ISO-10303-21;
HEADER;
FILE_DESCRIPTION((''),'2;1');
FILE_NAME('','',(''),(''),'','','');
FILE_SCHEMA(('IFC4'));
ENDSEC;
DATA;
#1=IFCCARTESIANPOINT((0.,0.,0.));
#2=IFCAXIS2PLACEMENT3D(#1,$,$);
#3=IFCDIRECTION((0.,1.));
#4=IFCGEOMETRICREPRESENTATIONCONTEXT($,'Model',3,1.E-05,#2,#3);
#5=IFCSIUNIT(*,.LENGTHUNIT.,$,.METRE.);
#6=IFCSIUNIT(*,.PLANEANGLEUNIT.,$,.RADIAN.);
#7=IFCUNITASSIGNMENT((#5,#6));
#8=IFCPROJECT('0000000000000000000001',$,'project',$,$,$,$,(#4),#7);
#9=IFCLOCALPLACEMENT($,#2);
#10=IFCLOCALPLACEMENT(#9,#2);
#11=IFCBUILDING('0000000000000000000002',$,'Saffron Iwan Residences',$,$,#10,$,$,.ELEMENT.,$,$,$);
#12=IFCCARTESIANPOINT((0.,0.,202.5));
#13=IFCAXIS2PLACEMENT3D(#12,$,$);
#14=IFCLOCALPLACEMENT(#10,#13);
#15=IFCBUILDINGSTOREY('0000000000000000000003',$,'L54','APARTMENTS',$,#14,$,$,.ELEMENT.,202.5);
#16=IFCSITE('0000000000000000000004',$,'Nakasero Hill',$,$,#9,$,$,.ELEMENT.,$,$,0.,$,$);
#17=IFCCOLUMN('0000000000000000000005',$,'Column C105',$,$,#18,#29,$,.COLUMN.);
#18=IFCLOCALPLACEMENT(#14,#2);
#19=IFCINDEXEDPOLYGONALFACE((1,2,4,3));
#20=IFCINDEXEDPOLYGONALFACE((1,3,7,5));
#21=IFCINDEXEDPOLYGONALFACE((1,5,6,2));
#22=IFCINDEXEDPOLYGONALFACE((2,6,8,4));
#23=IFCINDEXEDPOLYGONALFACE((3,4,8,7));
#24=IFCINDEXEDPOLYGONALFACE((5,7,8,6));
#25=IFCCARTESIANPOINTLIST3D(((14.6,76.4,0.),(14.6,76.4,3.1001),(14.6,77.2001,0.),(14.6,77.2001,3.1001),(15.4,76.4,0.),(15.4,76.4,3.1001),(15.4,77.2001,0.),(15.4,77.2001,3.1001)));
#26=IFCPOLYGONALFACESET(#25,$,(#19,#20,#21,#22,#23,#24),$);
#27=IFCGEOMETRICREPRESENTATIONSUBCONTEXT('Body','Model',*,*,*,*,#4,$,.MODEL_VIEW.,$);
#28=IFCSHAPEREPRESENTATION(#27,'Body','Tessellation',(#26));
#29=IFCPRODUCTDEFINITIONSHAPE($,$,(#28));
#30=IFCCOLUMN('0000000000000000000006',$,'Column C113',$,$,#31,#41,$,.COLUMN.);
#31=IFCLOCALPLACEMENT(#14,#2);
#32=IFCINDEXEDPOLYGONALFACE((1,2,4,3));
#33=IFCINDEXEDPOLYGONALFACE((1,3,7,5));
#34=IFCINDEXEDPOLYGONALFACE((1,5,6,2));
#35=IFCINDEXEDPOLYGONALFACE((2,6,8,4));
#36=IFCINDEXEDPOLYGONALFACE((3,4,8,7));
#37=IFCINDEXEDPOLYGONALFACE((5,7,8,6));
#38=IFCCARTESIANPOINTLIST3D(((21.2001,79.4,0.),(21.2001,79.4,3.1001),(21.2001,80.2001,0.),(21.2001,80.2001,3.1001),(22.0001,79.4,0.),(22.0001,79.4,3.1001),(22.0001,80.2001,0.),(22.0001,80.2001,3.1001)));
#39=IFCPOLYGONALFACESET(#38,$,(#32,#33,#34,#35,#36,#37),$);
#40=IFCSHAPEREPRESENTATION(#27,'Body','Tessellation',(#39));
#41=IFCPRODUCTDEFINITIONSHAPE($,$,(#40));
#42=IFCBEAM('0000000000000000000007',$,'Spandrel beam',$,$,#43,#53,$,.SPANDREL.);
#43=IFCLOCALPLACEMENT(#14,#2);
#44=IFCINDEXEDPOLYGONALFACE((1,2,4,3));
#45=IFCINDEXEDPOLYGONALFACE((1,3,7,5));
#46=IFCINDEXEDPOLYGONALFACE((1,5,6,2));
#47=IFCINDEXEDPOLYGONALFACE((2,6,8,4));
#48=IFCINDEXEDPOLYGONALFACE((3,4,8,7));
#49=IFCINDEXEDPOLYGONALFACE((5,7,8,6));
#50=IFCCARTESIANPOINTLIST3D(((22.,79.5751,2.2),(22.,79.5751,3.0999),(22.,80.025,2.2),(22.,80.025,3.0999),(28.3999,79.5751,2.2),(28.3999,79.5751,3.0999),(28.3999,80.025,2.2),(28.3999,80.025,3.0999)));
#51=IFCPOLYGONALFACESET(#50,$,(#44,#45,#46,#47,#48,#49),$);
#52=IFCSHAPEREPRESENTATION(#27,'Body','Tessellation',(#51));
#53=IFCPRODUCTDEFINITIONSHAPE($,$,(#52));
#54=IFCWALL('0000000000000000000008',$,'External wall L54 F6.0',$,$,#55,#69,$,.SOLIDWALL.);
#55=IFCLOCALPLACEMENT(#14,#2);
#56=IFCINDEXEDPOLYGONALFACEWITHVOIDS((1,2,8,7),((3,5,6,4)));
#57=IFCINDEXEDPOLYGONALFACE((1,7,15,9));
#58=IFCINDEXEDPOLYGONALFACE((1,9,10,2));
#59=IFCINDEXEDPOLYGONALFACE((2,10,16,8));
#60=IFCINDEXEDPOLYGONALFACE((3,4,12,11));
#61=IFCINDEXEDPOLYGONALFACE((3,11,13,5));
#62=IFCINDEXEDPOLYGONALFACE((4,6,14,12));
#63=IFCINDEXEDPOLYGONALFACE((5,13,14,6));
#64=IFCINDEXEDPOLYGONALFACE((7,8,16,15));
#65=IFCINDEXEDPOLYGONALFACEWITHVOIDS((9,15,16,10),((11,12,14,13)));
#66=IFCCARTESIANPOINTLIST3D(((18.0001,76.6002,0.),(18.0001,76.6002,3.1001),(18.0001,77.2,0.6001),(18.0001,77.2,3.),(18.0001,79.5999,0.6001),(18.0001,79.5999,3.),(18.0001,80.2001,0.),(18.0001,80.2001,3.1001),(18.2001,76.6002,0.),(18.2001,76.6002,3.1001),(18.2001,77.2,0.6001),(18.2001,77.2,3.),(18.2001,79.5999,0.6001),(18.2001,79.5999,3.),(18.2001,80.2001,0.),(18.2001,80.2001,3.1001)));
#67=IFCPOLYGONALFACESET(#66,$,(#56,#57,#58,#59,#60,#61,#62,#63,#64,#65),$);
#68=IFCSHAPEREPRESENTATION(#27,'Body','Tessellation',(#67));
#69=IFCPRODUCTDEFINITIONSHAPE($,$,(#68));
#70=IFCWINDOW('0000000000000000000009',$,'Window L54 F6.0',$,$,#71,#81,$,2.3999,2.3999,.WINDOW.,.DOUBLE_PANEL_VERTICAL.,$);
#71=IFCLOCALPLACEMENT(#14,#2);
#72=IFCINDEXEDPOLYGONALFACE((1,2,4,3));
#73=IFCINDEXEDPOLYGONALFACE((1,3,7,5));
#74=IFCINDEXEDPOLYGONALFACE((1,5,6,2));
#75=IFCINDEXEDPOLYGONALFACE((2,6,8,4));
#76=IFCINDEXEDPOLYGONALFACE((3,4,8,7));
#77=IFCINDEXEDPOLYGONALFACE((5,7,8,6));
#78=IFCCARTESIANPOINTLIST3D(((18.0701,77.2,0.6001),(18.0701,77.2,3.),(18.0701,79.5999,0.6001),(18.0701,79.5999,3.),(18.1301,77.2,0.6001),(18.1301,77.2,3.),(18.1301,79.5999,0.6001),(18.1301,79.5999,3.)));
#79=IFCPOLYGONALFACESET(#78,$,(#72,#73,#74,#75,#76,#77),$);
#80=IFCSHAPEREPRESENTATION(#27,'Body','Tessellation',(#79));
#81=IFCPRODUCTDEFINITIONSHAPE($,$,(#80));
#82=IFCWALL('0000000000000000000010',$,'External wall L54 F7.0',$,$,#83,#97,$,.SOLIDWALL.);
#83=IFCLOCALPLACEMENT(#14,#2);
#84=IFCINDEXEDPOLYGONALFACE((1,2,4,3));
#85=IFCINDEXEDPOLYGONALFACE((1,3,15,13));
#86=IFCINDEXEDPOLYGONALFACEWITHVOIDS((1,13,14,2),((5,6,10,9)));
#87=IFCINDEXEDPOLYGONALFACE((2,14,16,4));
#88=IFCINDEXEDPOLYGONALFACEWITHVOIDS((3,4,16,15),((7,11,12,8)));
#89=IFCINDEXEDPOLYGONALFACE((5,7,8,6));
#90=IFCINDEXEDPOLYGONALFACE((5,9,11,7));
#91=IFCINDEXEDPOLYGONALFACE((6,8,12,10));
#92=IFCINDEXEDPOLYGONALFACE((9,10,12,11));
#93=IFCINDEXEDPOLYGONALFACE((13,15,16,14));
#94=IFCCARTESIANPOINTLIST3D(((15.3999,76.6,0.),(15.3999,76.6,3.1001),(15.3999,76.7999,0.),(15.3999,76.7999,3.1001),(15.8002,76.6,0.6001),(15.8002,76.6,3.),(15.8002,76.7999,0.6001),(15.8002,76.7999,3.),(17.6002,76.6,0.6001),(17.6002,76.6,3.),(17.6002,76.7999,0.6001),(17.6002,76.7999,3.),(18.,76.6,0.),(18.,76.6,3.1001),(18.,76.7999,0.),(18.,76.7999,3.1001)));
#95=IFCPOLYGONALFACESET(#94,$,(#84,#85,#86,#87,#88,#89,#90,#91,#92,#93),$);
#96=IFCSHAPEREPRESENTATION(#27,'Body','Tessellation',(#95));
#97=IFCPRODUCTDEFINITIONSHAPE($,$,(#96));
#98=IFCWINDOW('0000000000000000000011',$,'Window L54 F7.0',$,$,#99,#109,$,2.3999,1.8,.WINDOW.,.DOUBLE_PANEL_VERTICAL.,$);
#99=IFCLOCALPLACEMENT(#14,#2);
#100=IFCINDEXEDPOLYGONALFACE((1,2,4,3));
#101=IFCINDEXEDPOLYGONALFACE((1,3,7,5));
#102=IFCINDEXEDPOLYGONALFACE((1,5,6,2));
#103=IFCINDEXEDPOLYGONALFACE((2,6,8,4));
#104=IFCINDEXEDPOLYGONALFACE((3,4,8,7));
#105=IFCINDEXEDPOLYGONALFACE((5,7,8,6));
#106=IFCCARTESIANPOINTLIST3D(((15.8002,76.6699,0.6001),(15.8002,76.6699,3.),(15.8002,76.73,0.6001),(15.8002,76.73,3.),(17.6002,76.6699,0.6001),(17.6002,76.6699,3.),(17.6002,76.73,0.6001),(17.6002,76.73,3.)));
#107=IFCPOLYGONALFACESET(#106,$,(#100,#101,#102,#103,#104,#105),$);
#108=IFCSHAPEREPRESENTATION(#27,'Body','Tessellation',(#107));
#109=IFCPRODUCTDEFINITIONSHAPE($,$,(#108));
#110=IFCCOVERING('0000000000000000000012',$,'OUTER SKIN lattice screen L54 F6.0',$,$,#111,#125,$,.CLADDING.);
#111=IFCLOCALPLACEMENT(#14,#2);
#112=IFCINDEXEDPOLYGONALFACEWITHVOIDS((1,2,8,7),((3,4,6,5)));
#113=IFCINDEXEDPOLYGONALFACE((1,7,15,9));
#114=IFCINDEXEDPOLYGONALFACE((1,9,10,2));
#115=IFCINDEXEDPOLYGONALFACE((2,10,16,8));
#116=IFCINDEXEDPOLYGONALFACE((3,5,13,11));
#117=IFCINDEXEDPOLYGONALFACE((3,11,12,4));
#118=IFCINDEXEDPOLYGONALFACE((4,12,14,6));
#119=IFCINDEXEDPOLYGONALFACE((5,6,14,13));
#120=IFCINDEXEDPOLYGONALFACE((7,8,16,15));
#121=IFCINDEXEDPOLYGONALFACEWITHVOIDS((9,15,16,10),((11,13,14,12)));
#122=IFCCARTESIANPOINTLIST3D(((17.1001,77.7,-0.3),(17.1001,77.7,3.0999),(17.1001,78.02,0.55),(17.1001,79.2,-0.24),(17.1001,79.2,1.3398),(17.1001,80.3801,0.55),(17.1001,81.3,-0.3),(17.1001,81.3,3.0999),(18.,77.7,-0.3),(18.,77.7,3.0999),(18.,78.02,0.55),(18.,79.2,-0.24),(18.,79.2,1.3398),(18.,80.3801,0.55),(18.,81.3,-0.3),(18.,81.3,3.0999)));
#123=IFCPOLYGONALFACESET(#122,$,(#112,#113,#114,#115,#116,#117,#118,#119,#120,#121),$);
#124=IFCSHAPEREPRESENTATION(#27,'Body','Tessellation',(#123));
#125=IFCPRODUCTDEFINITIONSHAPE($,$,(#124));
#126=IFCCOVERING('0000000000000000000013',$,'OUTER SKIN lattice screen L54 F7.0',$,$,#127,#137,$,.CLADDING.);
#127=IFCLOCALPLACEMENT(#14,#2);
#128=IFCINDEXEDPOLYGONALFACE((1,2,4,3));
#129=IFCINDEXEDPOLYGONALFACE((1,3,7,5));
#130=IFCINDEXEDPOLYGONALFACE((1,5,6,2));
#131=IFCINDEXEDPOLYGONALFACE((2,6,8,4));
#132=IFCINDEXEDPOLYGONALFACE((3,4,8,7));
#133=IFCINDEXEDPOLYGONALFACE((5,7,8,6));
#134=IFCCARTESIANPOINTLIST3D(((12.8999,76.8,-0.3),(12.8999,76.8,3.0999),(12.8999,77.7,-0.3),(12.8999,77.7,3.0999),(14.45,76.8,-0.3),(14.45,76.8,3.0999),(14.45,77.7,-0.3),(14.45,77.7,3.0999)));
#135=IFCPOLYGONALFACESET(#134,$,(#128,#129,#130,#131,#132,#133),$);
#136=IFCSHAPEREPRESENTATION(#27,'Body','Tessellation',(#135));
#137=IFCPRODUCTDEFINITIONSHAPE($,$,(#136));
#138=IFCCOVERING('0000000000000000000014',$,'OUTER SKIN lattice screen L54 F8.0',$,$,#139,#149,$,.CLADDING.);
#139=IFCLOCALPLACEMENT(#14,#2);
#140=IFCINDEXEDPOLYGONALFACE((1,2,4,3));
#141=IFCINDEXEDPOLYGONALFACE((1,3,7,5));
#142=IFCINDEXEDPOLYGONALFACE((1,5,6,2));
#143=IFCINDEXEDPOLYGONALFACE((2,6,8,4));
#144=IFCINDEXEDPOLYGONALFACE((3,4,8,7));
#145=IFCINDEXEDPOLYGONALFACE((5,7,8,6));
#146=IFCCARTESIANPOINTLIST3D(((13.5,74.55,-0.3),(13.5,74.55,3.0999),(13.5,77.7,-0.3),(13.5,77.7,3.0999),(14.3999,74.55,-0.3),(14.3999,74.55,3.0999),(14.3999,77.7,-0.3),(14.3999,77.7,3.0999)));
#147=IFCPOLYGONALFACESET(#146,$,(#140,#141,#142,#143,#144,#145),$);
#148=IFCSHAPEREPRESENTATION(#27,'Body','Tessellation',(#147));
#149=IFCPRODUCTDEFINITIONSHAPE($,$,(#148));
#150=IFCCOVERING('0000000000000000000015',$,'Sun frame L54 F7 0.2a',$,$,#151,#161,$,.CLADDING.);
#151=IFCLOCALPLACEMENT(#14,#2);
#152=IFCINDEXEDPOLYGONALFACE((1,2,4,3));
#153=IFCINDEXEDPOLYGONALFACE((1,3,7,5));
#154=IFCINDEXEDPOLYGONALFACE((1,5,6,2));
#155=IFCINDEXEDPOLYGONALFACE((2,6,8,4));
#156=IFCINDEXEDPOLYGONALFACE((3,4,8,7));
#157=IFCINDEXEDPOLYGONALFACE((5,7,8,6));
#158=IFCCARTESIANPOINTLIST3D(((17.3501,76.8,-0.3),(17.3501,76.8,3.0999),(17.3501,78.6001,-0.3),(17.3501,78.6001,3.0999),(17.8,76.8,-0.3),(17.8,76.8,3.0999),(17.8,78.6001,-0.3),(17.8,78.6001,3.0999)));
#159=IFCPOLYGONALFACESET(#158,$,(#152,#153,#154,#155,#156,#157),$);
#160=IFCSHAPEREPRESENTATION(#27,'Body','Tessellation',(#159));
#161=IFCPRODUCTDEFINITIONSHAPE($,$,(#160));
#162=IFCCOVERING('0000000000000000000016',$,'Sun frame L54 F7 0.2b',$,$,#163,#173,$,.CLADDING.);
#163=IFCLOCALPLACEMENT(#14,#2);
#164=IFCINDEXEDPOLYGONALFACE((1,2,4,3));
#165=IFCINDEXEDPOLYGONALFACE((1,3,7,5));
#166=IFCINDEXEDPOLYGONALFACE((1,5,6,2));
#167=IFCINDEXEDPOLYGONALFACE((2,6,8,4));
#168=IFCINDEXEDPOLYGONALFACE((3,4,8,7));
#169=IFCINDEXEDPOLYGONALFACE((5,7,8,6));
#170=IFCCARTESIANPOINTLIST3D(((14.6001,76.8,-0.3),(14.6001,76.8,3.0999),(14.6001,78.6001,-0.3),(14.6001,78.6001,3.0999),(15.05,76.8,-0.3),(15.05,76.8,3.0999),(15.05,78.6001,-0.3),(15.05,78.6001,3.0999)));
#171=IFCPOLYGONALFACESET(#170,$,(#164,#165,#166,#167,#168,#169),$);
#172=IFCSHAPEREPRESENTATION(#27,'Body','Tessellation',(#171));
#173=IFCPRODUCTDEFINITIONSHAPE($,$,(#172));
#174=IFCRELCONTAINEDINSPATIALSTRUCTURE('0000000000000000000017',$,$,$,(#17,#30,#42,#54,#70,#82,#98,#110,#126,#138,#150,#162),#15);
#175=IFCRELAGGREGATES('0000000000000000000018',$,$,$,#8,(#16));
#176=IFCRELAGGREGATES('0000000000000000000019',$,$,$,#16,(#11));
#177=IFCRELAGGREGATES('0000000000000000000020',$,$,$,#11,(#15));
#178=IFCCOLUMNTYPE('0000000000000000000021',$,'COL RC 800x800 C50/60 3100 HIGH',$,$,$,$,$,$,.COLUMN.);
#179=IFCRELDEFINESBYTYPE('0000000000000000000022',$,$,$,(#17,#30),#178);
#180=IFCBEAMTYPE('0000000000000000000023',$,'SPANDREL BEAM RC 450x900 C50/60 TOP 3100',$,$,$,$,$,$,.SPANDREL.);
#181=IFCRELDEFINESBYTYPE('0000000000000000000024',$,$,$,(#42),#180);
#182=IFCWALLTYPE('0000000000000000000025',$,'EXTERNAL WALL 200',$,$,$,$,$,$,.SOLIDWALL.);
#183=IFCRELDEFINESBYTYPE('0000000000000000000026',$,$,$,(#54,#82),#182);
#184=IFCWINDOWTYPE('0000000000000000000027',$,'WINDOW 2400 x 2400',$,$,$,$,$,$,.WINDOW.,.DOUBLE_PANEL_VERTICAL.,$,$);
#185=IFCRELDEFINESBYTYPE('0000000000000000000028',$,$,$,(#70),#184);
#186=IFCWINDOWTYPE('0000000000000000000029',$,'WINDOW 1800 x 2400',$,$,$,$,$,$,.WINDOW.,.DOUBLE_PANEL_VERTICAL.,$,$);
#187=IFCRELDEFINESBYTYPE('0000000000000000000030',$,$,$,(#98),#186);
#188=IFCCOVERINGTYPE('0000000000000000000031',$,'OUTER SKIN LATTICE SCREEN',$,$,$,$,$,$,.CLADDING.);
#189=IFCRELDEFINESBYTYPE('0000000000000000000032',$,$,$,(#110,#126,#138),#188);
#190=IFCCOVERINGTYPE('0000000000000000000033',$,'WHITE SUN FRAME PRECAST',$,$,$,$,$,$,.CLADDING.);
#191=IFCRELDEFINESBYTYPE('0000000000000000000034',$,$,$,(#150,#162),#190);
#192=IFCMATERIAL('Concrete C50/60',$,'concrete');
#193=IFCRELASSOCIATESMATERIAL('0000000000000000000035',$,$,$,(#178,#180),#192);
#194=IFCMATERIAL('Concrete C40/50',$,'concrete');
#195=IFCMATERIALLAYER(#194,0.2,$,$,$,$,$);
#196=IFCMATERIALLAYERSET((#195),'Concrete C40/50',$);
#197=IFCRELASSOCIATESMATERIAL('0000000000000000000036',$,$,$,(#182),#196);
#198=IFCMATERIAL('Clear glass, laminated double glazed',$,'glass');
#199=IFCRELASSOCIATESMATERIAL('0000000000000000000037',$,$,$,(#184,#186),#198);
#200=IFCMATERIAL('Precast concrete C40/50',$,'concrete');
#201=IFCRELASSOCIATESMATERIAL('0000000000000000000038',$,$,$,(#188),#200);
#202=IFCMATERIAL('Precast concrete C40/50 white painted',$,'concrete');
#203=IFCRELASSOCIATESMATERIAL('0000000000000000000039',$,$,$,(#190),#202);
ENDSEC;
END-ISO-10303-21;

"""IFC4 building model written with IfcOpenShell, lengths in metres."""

from ifc_helpers import new_model, si_unit, direction, frame, frame_2d, origin, origin_2d, place, context, subcontext, project, spatial, polyline, rectangle, outline, extrude, source, transform, mapped, material, layer, layer_set, material_profile, profile_set, type_object, element, fill, save


model = new_model("IFC4")

# Units and contexts
model_context = context("Model", 3, precision=1e-05, world=origin(), true_north=direction((0.0, 1.0)))
body_context = subcontext(model_context, "Body", "Model", "MODEL_VIEW")
ifc_project = project(units=[si_unit("LENGTHUNIT", "METRE"), si_unit("PLANEANGLEUNIT", "RADIAN")], contexts=[model_context])

# Site, building, storey
site_placement = place(None, origin())
site = spatial("IfcSite", under=ifc_project, at=site_placement, Name="Nakasero Hill", CompositionType="ELEMENT", RefElevation=0.0)
building_placement = place(site_placement, origin())
building = spatial("IfcBuilding", under=site, at=building_placement, Name="Saffron Iwan Residences", CompositionType="ELEMENT")
storey_placement = place(building_placement, frame((0.0, 0.0, 202.5)))
storey = spatial("IfcBuildingStorey", under=building, at=storey_placement, Name="L54", Description="APARTMENTS", CompositionType="ELEMENT", Elevation=202.5)

# Columns
ifc_material_1 = material(Name="Concrete C50/60", Category="concrete")
ifc_material_profile_1 = material_profile(ifc_material_1, rectangle(XDim=0.8, YDim=0.8, at=origin_2d()), Name="RC 800x800")
ifc_profile_set_1 = profile_set([ifc_material_profile_1], Name="Concrete C50/60")
column_type = type_object("IfcColumnType", Name="COL RC 800x800 C50/60 3100 HIGH", PredefinedType="COLUMN", material=ifc_profile_set_1)
shared_shape_1 = source(origin(), body_context, "Body", "SweptSolid", [
    extrude(rectangle(XDim=0.8, YDim=0.8, at=origin_2d()), origin(), (0.0, 0.0, 1.0), 3.1001),
])
for number, where, z_axis, x_axis, name in (
    (1, (15.0, 76.8, 0.0), (0.0, 0.0, 1.0), (1.0, 0.0, 0.0), "Column C105"),
    (2, (21.6001, 79.8, 0.0), (0.0, 0.0, 1.0), (1.0, 0.0, 0.0), "Column C113"),
):
    element("IfcColumn", number, at=place(storey_placement, frame(where, z_axis=z_axis, x_axis=x_axis)), inside=storey, type_object=column_type, Name=name, PredefinedType="COLUMN", context=body_context, shape_type="MappedRepresentation", body=[
        mapped(shared_shape_1, transform((0.0, 0.0, 0.0))),
    ])

# Beam
ifc_material_profile_2 = material_profile(ifc_material_1, rectangle(XDim=0.45, YDim=0.8999, at=origin_2d()), Name="RC 450x900")
ifc_profile_set_2 = profile_set([ifc_material_profile_2], Name="Concrete C50/60")
beam_type = type_object("IfcBeamType", Name="SPANDREL BEAM RC 450x900 C50/60 TOP 3100", PredefinedType="SPANDREL", material=ifc_profile_set_2)
shared_shape_2 = source(origin(), body_context, "Body", "SweptSolid", [
    extrude(rectangle(XDim=0.45, YDim=0.8999, at=origin_2d()), origin(), (0.0, 0.0, 1.0), 6.3999),
])
beam_placement = place(storey_placement, frame((22.0, 79.8, 2.6499), z_axis=(1.0, 0.0, 0.0), x_axis=(0.0, 1.0, 0.0)))
element("IfcBeam", 3, at=beam_placement, inside=storey, type_object=beam_type, Name="Spandrel beam", PredefinedType="SPANDREL", context=body_context, shape_type="MappedRepresentation", body=[
    mapped(shared_shape_2, transform((0.0, 0.0, 0.0))),
])

# Walls, openings, windows
ifc_material_2 = material(Name="Concrete C40/50", Category="concrete")
ifc_layer = layer(ifc_material_2, 0.2)
ifc_layer_set = layer_set([ifc_layer], Name="Concrete C40/50")
wall_type = type_object("IfcWallType", Name="EXTERNAL WALL 200", PredefinedType="SOLIDWALL", material=ifc_layer_set)
wall_1_placement = place(storey_placement, frame((18.1001, 80.2, 0.0), z_axis=(0.0, 0.0, 1.0), x_axis=(0.0, -1.0, 0.0)))
wall_1 = element("IfcWall", 4, at=wall_1_placement, inside=storey, type_object=wall_type, Name="External wall L54 F6.0", PredefinedType="SOLIDWALL", context=body_context, shape_type="SweptSolid", body=[
    extrude(rectangle(XDim=3.5999, YDim=0.2, at=frame_2d((1.7998, 0.0))), origin(), (0.0, 0.0, 1.0), 3.1001),
])
opening_1_placement = place(wall_1_placement, frame((0.6001, 0.0, 0.6001)))
opening_1 = element("IfcOpeningElement", 5, at=opening_1_placement, cuts=wall_1, PredefinedType="OPENING", context=body_context, shape_type="SweptSolid", body=[
    extrude(rectangle(XDim=2.3999, YDim=2.3999, at=frame_2d((1.2, 1.2))), frame((0.0, 0.1099, 0.0), z_axis=(0.0, -1.0, 0.0), x_axis=(1.0, 0.0, 0.0)), (0.0, 0.0, 1.0), 0.22),
])
ifc_material_3 = material(Name="Clear glass, laminated double glazed", Category="glass")
window_type_1 = type_object("IfcWindowType", Name="WINDOW 2400 x 2400", PartitioningType="DOUBLE_PANEL_VERTICAL", PredefinedType="WINDOW", material=ifc_material_3)
window_1_placement = place(opening_1_placement, origin())
window_1 = element("IfcWindow", 6, at=window_1_placement, inside=storey, type_object=window_type_1, Name="Window L54 F6.0", OverallHeight=2.3999, OverallWidth=2.3999, PartitioningType="DOUBLE_PANEL_VERTICAL", PredefinedType="WINDOW", context=body_context, shape_type="SweptSolid", body=[
    extrude(rectangle(XDim=2.3999, YDim=2.3999, at=frame_2d((1.2, 1.2))), frame((0.0, 0.03, 0.0), z_axis=(0.0, -1.0, 0.0), x_axis=(1.0, 0.0, 0.0)), (0.0, 0.0, 1.0), 0.0601),
])
fill(opening_1, window_1)
wall_2_placement = place(storey_placement, frame((18.0, 76.7, 0.0), z_axis=(0.0, 0.0, 1.0), x_axis=(-1.0, 0.0, 0.0)))
wall_2 = element("IfcWall", 7, at=wall_2_placement, inside=storey, type_object=wall_type, Name="External wall L54 F7.0", PredefinedType="SOLIDWALL", context=body_context, shape_type="SweptSolid", body=[
    extrude(rectangle(XDim=2.6001, YDim=0.2, at=frame_2d((1.3, 0.0))), origin(), (0.0, 0.0, 1.0), 3.1001),
])
opening_2_placement = place(wall_2_placement, frame((0.3999, 0.0, 0.6001)))
opening_2 = element("IfcOpeningElement", 8, at=opening_2_placement, cuts=wall_2, PredefinedType="OPENING", context=body_context, shape_type="SweptSolid", body=[
    extrude(rectangle(XDim=1.8, YDim=2.3999, at=frame_2d((0.8999, 1.2))), frame((0.0, 0.1099, 0.0), z_axis=(0.0, -1.0, 0.0), x_axis=(1.0, 0.0, 0.0)), (0.0, 0.0, 1.0), 0.22),
])
window_type_2 = type_object("IfcWindowType", Name="WINDOW 1800 x 2400", PartitioningType="DOUBLE_PANEL_VERTICAL", PredefinedType="WINDOW", material=ifc_material_3)
window_2_placement = place(opening_2_placement, origin())
window_2 = element("IfcWindow", 9, at=window_2_placement, inside=storey, type_object=window_type_2, Name="Window L54 F7.0", OverallHeight=2.3999, OverallWidth=1.8, PartitioningType="DOUBLE_PANEL_VERTICAL", PredefinedType="WINDOW", context=body_context, shape_type="SweptSolid", body=[
    extrude(rectangle(XDim=1.8, YDim=2.3999, at=frame_2d((0.8999, 1.2))), frame((0.0, 0.03, 0.0), z_axis=(0.0, -1.0, 0.0), x_axis=(1.0, 0.0, 0.0)), (0.0, 0.0, 1.0), 0.0601),
])
fill(opening_2, window_2)

# Coverings
ifc_material_4 = material(Name="Precast concrete C40/50", Category="concrete")
covering_type_1 = type_object("IfcCoveringType", Name="OUTER SKIN LATTICE SCREEN", PredefinedType="CLADDING", material=ifc_material_4)
covering_1_placement = place(storey_placement, frame((18.0, 81.3, -0.3), z_axis=(-1.0, 0.0, 0.0), x_axis=(0.0, -1.0, 0.0)))
element("IfcCovering", 10, at=covering_1_placement, inside=storey, type_object=covering_type_1, Name="OUTER SKIN lattice screen L54 F6.0", PredefinedType="CLADDING", context=body_context, shape_type="SweptSolid", body=[
    extrude(outline(polyline([(0.0, 0.0), (3.6001, 0.0), (3.6001, 3.3999), (0.0, 3.3999), (0.0, 0.0)]), holes=[polyline([(0.9199, 0.8501), (2.1001, 0.0601), (3.28, 0.8501), (2.1001, 1.6399), (0.9199, 0.8501)])]), origin(), (0.0, 0.0, 1.0), 0.8999),
])
covering_2_placement = place(storey_placement, frame((14.45, 76.8, -0.3), z_axis=(0.0, 1.0, 0.0), x_axis=(-1.0, 0.0, 0.0)))
element("IfcCovering", 11, at=covering_2_placement, inside=storey, type_object=covering_type_1, Name="OUTER SKIN lattice screen L54 F7.0", PredefinedType="CLADDING", context=body_context, shape_type="SweptSolid", body=[
    extrude(outline(polyline([(0.0, 0.0), (1.55, 0.0), (1.55, 3.3999), (0.0, 3.3999), (0.0, 0.0)])), origin(), (0.0, 0.0, 1.0), 0.8999),
])
covering_3_placement = place(storey_placement, frame((14.3999, 77.7, -0.3), z_axis=(-1.0, 0.0, 0.0), x_axis=(0.0, -1.0, 0.0)))
element("IfcCovering", 12, at=covering_3_placement, inside=storey, type_object=covering_type_1, Name="OUTER SKIN lattice screen L54 F8.0", PredefinedType="CLADDING", context=body_context, shape_type="SweptSolid", body=[
    extrude(outline(polyline([(0.0, 0.0), (3.1499, 0.0), (3.1499, 3.3999), (0.0, 3.3999), (0.0, 0.0)])), origin(), (0.0, 0.0, 1.0), 0.8999),
])
ifc_material_5 = material(Name="Precast concrete C40/50 white painted", Category="concrete")
covering_type_2 = type_object("IfcCoveringType", Name="WHITE SUN FRAME PRECAST", PredefinedType="CLADDING", material=ifc_material_5)
for number, where, z_axis, x_axis, name in (
    (13, (17.8, 76.8, -0.3), (0.0, 1.0, 0.0), (-1.0, 0.0, 0.0), "Sun frame L54 F7 0.2a"),
    (14, (15.05, 76.8, -0.3), (0.0, 1.0, 0.0), (-1.0, 0.0, 0.0), "Sun frame L54 F7 0.2b"),
):
    element("IfcCovering", number, at=place(storey_placement, frame(where, z_axis=z_axis, x_axis=x_axis)), inside=storey, type_object=covering_type_2, Name=name, PredefinedType="CLADDING", context=body_context, shape_type="SweptSolid", body=[
        extrude(outline(polyline([(0.0, 0.0), (0.45, 0.0), (0.45, 3.3999), (0.0, 3.3999), (0.0, 0.0)])), origin(), (0.0, 0.0, 1.0), 1.8),
    ])

save(model, "model.ifc")
